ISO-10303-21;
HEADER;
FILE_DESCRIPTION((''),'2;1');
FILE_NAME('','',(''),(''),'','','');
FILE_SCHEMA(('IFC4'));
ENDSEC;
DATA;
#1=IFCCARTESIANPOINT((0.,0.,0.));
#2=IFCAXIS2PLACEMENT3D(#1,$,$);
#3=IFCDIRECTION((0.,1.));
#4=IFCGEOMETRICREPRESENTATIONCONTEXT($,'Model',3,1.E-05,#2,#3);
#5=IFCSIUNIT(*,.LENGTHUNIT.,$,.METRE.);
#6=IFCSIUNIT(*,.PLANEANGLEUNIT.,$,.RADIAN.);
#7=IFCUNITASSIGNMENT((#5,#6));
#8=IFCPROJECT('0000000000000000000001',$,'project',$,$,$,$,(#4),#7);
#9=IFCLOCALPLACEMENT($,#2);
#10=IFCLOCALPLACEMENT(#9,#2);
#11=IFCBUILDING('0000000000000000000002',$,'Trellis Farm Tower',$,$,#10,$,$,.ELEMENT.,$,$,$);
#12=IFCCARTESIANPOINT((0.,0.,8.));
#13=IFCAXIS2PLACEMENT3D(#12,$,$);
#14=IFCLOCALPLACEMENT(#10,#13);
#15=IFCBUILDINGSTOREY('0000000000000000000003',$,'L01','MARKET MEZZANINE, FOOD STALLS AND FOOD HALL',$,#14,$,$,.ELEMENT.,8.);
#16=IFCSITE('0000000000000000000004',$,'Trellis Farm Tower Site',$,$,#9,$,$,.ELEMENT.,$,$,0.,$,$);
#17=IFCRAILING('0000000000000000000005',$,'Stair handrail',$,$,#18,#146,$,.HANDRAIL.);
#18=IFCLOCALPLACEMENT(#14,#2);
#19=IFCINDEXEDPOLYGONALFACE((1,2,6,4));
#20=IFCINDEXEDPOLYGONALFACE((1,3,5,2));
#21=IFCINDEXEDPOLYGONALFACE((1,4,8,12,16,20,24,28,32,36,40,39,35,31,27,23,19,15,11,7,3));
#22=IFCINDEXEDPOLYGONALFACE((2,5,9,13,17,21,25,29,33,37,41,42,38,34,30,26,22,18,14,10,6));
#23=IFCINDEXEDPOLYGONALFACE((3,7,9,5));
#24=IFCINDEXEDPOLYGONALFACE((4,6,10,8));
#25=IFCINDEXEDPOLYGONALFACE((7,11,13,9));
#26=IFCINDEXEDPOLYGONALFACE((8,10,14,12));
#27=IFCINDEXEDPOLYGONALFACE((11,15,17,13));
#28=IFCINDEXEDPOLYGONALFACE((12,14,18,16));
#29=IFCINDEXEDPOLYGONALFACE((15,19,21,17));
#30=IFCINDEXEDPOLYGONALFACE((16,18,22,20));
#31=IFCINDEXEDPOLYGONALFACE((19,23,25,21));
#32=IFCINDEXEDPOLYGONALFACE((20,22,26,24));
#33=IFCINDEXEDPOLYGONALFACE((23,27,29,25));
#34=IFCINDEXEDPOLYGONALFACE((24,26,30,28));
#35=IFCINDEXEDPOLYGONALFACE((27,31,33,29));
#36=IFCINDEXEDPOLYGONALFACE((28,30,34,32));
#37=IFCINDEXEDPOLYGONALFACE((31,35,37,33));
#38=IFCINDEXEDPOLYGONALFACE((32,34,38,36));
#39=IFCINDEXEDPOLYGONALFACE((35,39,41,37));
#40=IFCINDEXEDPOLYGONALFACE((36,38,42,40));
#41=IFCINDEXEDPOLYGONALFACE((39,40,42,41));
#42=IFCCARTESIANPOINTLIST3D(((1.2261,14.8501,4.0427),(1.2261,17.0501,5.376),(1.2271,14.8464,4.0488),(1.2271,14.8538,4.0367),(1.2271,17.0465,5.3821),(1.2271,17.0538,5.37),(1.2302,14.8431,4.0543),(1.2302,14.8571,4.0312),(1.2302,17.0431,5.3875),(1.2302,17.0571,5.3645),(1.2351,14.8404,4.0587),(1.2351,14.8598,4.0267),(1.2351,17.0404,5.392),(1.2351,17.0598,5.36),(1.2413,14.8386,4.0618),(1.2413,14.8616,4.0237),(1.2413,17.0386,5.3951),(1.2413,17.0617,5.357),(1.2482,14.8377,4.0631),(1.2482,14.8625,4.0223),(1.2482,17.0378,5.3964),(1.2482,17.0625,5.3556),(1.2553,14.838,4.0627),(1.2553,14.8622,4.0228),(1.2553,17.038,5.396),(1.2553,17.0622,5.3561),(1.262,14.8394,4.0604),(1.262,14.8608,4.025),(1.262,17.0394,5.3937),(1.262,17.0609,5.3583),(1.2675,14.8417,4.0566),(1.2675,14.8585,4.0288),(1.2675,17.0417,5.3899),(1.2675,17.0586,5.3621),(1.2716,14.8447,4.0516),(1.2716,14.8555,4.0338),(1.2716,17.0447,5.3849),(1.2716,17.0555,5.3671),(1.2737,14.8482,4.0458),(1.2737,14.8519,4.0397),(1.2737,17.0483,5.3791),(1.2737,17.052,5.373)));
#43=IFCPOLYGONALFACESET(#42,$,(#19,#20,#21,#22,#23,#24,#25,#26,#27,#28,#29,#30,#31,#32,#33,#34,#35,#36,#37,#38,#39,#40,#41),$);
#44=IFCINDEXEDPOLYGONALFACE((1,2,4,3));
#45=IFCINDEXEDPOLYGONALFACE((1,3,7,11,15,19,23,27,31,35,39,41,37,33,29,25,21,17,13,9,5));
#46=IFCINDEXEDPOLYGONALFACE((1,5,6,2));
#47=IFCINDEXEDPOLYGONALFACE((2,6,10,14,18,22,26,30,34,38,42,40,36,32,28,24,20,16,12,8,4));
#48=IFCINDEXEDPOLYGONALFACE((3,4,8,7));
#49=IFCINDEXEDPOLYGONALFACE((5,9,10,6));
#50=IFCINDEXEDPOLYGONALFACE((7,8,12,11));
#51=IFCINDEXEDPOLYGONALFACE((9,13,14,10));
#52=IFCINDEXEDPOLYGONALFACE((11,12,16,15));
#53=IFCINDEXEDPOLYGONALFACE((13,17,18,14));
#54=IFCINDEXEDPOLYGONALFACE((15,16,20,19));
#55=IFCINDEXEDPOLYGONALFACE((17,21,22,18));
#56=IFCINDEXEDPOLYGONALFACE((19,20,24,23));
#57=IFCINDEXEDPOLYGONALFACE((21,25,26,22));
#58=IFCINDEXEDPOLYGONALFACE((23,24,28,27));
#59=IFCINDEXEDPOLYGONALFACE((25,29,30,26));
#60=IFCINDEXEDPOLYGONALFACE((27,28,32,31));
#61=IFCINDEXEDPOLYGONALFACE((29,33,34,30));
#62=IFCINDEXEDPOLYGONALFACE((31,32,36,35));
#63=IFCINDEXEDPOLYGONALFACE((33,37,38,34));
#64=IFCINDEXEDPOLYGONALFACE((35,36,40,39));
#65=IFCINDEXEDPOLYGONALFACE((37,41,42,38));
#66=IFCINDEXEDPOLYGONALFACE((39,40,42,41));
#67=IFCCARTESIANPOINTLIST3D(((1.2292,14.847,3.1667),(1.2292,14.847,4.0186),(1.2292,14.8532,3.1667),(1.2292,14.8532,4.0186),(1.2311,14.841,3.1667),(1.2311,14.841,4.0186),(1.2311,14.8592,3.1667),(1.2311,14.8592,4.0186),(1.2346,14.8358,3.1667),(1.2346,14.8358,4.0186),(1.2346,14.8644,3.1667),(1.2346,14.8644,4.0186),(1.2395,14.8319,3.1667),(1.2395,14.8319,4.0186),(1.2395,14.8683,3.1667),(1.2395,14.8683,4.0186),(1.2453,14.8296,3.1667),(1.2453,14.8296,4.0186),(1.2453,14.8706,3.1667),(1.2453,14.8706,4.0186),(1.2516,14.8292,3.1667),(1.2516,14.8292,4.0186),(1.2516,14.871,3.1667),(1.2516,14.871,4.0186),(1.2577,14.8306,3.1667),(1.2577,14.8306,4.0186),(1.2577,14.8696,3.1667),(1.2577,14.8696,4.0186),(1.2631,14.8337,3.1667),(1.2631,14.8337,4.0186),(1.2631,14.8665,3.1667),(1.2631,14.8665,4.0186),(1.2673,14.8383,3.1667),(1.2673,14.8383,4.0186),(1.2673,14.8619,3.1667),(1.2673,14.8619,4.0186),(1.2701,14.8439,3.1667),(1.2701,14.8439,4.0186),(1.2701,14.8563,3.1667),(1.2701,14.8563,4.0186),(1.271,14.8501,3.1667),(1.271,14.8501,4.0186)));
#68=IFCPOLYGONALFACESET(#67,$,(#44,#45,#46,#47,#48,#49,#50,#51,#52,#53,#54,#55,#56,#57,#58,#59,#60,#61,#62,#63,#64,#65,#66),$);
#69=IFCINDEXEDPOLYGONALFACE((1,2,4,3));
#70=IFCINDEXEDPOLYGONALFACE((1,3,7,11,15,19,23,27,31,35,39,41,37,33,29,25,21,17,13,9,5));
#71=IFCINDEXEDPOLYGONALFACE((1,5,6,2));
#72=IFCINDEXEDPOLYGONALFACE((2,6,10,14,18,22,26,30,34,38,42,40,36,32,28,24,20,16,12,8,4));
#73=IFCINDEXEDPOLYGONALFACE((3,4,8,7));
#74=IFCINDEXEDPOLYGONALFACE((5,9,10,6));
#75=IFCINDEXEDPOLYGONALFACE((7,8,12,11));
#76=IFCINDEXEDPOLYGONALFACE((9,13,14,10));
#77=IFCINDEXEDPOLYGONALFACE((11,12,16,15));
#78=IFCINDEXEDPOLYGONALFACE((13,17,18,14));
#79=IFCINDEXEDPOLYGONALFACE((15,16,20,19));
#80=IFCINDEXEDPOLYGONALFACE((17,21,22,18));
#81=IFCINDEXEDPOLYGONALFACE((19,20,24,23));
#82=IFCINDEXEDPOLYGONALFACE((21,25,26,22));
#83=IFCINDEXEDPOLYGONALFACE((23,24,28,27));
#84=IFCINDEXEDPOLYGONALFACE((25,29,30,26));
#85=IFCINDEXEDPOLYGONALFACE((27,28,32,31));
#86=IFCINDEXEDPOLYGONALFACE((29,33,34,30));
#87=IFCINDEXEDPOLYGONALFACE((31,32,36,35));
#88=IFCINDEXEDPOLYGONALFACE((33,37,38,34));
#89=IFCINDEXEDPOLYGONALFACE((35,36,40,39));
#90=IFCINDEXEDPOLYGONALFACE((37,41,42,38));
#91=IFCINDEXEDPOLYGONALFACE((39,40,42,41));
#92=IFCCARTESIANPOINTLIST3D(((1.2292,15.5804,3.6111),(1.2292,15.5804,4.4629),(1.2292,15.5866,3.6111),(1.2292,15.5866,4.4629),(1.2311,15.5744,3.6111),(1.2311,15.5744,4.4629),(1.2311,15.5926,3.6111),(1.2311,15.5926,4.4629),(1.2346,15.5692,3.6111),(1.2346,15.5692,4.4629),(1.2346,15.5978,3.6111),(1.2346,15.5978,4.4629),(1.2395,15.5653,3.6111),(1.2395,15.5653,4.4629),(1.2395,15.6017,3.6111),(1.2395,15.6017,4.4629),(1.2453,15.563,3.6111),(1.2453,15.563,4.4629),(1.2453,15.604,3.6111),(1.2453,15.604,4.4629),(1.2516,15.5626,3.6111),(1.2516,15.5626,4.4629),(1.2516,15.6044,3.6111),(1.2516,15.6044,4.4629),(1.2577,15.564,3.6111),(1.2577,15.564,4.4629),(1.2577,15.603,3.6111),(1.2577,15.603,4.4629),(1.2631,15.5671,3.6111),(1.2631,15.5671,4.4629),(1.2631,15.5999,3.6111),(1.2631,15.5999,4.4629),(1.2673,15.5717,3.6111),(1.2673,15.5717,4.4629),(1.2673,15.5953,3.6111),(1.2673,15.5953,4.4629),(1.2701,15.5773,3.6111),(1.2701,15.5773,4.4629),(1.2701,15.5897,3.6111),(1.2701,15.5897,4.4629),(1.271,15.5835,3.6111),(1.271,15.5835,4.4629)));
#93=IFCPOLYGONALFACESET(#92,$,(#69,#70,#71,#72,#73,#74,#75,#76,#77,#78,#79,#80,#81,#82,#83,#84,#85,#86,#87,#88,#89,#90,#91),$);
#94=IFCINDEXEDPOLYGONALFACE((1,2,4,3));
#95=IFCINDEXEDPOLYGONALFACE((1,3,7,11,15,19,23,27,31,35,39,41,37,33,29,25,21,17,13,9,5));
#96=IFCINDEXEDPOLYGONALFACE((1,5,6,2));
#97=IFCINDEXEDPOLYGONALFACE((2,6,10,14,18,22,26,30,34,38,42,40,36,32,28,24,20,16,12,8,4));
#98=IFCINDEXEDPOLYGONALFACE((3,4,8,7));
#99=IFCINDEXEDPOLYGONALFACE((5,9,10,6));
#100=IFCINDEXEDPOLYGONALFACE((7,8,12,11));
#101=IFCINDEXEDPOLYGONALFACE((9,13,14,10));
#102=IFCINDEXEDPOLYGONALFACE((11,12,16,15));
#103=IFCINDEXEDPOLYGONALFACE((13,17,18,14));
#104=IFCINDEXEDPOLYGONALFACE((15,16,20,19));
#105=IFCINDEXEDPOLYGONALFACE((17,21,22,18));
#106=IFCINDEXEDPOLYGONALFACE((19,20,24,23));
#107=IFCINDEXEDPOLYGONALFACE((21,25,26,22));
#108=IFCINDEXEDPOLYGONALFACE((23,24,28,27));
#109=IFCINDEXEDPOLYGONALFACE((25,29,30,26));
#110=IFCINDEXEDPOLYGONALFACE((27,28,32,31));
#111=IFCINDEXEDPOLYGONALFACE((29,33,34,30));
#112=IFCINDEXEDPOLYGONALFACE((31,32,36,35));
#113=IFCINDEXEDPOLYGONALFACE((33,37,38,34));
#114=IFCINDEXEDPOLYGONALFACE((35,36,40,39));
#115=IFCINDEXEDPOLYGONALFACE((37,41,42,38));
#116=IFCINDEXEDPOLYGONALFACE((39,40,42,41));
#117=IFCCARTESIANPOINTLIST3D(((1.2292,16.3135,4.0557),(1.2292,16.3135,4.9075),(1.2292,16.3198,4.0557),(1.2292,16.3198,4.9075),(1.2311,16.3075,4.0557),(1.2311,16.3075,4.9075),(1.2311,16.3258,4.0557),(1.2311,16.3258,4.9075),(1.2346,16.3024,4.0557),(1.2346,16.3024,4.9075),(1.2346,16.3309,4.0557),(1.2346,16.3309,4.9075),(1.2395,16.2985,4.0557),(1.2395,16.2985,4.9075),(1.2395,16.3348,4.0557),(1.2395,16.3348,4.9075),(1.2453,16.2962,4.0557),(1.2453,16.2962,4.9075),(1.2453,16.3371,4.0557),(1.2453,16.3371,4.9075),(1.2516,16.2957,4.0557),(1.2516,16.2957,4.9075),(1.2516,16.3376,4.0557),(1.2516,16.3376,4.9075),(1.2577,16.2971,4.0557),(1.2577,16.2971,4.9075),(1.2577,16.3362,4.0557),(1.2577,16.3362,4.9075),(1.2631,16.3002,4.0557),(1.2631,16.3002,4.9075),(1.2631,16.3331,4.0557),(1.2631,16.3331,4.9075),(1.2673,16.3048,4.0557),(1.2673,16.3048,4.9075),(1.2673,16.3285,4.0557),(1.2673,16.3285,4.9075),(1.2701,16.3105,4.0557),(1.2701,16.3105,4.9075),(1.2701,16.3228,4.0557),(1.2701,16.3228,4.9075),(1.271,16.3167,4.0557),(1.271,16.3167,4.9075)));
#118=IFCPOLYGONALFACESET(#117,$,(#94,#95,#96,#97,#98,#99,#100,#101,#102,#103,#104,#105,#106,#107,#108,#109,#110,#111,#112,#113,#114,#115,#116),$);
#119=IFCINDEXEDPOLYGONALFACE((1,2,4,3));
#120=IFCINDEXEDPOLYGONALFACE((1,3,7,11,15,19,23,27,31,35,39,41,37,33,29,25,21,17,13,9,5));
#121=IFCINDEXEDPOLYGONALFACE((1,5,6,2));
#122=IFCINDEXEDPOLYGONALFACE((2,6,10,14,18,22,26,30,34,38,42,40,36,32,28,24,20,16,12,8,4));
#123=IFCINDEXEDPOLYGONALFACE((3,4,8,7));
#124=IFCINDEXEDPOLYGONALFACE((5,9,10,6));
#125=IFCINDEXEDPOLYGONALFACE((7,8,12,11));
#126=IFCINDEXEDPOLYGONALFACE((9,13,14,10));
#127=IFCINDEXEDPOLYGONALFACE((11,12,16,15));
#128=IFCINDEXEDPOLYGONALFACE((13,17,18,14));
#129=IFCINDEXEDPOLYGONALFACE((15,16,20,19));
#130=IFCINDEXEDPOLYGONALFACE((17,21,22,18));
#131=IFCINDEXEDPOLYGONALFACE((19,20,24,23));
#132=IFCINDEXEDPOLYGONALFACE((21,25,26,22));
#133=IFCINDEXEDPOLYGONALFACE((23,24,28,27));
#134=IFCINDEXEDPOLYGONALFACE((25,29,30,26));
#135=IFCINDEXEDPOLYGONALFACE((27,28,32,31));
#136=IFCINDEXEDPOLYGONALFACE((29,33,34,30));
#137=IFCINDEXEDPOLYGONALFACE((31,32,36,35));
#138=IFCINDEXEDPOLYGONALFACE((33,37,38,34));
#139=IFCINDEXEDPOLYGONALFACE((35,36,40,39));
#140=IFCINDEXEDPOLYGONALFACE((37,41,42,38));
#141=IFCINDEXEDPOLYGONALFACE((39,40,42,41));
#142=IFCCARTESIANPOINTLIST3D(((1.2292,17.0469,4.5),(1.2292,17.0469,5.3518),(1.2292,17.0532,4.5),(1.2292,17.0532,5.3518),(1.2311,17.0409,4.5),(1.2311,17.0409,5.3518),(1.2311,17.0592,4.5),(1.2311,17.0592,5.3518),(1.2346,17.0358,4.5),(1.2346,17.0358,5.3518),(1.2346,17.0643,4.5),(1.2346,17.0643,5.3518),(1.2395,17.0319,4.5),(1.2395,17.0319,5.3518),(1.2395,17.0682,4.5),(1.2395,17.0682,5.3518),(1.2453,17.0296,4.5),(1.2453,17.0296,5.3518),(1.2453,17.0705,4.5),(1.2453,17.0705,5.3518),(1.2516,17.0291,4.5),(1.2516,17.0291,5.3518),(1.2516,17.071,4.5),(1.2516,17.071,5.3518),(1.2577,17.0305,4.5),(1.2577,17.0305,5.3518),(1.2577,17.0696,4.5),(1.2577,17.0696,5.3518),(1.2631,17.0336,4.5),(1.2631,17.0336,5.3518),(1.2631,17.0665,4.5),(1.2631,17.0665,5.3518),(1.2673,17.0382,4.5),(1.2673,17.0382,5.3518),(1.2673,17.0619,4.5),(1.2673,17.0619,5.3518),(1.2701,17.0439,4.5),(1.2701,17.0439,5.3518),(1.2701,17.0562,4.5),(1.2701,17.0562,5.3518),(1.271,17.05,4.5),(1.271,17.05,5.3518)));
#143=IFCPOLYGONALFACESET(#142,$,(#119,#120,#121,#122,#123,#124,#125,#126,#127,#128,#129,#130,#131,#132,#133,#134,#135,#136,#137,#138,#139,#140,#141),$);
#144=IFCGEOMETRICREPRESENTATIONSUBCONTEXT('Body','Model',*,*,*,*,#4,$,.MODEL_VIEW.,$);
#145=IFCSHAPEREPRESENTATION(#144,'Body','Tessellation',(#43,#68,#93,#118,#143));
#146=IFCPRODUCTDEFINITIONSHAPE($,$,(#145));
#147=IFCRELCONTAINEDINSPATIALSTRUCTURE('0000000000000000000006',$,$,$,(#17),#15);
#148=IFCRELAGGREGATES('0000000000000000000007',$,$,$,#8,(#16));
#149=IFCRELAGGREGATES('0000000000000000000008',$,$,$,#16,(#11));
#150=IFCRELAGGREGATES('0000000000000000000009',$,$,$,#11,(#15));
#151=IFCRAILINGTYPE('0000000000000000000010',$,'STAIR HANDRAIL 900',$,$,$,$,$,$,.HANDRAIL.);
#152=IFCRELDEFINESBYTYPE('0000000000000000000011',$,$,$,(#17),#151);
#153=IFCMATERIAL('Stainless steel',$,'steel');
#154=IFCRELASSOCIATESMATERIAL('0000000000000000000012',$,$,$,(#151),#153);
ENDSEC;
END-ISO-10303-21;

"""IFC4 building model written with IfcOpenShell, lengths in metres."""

from ifc_helpers import new_model, si_unit, direction, frame, origin, origin_2d, place, context, subcontext, project, spatial, circle, extrude, source, transform, mapped, material, type_object, element, save


model = new_model("IFC4")

# Units and contexts
model_context = context("Model", 3, precision=1e-05, world=origin(), true_north=direction((0.0, 1.0)))
body_context = subcontext(model_context, "Body", "Model", "MODEL_VIEW")
ifc_project = project(units=[si_unit("LENGTHUNIT", "METRE"), si_unit("PLANEANGLEUNIT", "RADIAN")], contexts=[model_context])

# Site, building, storey
site_placement = place(None, origin())
site = spatial("IfcSite", under=ifc_project, at=site_placement, Name="Trellis Farm Tower Site", CompositionType="ELEMENT", RefElevation=0.0)
building_placement = place(site_placement, origin())
building = spatial("IfcBuilding", under=site, at=building_placement, Name="Trellis Farm Tower", CompositionType="ELEMENT")
storey_placement = place(building_placement, frame((0.0, 0.0, 8.0)))
storey = spatial("IfcBuildingStorey", under=building, at=storey_placement, Name="L01", Description="MARKET MEZZANINE, FOOD STALLS AND FOOD HALL", CompositionType="ELEMENT", Elevation=8.0)

# Railing
ifc_material_1 = material(Name="Stainless steel", Category="steel")
railing_type = type_object("IfcRailingType", Name="STAIR HANDRAIL 900", PredefinedType="HANDRAIL", material=ifc_material_1)
shared_shape_1 = source(origin(), body_context, "Body", "SweptSolid", [
    extrude(circle(Radius=0.0239, at=origin_2d()), frame((0.0, 0.0, 0.876), z_axis=(0.0, 0.855207, 0.518287), x_axis=(-1.0, 0.0, 0.0)), (0.0, 0.0, 1.0), 2.5725),
    extrude(circle(Radius=0.021, at=origin_2d()), origin(), (0.0, 0.0, 1.0), 0.8518),
    extrude(circle(Radius=0.021, at=origin_2d()), frame((0.0, 0.7334, 0.4443)), (0.0, 0.0, 1.0), 0.8518),
    extrude(circle(Radius=0.021, at=origin_2d()), frame((0.0, 1.4666, 0.8889)), (0.0, 0.0, 1.0), 0.8518),
    extrude(circle(Radius=0.021, at=origin_2d()), frame((0.0, 2.2, 1.3333)), (0.0, 0.0, 1.0), 0.8518),
])
for number, where, name in (
    (1, (1.25, 14.8501, 3.1667), "Stair handrail"),
):
    element("IfcRailing", number, at=place(storey_placement, frame(where)), inside=storey, type_object=railing_type, Name=name, PredefinedType="HANDRAIL", context=body_context, shape_type="MappedRepresentation", body=[
        mapped(shared_shape_1, transform((0.0, 0.0, 0.0))),
    ])

save(model, "model.ifc")
